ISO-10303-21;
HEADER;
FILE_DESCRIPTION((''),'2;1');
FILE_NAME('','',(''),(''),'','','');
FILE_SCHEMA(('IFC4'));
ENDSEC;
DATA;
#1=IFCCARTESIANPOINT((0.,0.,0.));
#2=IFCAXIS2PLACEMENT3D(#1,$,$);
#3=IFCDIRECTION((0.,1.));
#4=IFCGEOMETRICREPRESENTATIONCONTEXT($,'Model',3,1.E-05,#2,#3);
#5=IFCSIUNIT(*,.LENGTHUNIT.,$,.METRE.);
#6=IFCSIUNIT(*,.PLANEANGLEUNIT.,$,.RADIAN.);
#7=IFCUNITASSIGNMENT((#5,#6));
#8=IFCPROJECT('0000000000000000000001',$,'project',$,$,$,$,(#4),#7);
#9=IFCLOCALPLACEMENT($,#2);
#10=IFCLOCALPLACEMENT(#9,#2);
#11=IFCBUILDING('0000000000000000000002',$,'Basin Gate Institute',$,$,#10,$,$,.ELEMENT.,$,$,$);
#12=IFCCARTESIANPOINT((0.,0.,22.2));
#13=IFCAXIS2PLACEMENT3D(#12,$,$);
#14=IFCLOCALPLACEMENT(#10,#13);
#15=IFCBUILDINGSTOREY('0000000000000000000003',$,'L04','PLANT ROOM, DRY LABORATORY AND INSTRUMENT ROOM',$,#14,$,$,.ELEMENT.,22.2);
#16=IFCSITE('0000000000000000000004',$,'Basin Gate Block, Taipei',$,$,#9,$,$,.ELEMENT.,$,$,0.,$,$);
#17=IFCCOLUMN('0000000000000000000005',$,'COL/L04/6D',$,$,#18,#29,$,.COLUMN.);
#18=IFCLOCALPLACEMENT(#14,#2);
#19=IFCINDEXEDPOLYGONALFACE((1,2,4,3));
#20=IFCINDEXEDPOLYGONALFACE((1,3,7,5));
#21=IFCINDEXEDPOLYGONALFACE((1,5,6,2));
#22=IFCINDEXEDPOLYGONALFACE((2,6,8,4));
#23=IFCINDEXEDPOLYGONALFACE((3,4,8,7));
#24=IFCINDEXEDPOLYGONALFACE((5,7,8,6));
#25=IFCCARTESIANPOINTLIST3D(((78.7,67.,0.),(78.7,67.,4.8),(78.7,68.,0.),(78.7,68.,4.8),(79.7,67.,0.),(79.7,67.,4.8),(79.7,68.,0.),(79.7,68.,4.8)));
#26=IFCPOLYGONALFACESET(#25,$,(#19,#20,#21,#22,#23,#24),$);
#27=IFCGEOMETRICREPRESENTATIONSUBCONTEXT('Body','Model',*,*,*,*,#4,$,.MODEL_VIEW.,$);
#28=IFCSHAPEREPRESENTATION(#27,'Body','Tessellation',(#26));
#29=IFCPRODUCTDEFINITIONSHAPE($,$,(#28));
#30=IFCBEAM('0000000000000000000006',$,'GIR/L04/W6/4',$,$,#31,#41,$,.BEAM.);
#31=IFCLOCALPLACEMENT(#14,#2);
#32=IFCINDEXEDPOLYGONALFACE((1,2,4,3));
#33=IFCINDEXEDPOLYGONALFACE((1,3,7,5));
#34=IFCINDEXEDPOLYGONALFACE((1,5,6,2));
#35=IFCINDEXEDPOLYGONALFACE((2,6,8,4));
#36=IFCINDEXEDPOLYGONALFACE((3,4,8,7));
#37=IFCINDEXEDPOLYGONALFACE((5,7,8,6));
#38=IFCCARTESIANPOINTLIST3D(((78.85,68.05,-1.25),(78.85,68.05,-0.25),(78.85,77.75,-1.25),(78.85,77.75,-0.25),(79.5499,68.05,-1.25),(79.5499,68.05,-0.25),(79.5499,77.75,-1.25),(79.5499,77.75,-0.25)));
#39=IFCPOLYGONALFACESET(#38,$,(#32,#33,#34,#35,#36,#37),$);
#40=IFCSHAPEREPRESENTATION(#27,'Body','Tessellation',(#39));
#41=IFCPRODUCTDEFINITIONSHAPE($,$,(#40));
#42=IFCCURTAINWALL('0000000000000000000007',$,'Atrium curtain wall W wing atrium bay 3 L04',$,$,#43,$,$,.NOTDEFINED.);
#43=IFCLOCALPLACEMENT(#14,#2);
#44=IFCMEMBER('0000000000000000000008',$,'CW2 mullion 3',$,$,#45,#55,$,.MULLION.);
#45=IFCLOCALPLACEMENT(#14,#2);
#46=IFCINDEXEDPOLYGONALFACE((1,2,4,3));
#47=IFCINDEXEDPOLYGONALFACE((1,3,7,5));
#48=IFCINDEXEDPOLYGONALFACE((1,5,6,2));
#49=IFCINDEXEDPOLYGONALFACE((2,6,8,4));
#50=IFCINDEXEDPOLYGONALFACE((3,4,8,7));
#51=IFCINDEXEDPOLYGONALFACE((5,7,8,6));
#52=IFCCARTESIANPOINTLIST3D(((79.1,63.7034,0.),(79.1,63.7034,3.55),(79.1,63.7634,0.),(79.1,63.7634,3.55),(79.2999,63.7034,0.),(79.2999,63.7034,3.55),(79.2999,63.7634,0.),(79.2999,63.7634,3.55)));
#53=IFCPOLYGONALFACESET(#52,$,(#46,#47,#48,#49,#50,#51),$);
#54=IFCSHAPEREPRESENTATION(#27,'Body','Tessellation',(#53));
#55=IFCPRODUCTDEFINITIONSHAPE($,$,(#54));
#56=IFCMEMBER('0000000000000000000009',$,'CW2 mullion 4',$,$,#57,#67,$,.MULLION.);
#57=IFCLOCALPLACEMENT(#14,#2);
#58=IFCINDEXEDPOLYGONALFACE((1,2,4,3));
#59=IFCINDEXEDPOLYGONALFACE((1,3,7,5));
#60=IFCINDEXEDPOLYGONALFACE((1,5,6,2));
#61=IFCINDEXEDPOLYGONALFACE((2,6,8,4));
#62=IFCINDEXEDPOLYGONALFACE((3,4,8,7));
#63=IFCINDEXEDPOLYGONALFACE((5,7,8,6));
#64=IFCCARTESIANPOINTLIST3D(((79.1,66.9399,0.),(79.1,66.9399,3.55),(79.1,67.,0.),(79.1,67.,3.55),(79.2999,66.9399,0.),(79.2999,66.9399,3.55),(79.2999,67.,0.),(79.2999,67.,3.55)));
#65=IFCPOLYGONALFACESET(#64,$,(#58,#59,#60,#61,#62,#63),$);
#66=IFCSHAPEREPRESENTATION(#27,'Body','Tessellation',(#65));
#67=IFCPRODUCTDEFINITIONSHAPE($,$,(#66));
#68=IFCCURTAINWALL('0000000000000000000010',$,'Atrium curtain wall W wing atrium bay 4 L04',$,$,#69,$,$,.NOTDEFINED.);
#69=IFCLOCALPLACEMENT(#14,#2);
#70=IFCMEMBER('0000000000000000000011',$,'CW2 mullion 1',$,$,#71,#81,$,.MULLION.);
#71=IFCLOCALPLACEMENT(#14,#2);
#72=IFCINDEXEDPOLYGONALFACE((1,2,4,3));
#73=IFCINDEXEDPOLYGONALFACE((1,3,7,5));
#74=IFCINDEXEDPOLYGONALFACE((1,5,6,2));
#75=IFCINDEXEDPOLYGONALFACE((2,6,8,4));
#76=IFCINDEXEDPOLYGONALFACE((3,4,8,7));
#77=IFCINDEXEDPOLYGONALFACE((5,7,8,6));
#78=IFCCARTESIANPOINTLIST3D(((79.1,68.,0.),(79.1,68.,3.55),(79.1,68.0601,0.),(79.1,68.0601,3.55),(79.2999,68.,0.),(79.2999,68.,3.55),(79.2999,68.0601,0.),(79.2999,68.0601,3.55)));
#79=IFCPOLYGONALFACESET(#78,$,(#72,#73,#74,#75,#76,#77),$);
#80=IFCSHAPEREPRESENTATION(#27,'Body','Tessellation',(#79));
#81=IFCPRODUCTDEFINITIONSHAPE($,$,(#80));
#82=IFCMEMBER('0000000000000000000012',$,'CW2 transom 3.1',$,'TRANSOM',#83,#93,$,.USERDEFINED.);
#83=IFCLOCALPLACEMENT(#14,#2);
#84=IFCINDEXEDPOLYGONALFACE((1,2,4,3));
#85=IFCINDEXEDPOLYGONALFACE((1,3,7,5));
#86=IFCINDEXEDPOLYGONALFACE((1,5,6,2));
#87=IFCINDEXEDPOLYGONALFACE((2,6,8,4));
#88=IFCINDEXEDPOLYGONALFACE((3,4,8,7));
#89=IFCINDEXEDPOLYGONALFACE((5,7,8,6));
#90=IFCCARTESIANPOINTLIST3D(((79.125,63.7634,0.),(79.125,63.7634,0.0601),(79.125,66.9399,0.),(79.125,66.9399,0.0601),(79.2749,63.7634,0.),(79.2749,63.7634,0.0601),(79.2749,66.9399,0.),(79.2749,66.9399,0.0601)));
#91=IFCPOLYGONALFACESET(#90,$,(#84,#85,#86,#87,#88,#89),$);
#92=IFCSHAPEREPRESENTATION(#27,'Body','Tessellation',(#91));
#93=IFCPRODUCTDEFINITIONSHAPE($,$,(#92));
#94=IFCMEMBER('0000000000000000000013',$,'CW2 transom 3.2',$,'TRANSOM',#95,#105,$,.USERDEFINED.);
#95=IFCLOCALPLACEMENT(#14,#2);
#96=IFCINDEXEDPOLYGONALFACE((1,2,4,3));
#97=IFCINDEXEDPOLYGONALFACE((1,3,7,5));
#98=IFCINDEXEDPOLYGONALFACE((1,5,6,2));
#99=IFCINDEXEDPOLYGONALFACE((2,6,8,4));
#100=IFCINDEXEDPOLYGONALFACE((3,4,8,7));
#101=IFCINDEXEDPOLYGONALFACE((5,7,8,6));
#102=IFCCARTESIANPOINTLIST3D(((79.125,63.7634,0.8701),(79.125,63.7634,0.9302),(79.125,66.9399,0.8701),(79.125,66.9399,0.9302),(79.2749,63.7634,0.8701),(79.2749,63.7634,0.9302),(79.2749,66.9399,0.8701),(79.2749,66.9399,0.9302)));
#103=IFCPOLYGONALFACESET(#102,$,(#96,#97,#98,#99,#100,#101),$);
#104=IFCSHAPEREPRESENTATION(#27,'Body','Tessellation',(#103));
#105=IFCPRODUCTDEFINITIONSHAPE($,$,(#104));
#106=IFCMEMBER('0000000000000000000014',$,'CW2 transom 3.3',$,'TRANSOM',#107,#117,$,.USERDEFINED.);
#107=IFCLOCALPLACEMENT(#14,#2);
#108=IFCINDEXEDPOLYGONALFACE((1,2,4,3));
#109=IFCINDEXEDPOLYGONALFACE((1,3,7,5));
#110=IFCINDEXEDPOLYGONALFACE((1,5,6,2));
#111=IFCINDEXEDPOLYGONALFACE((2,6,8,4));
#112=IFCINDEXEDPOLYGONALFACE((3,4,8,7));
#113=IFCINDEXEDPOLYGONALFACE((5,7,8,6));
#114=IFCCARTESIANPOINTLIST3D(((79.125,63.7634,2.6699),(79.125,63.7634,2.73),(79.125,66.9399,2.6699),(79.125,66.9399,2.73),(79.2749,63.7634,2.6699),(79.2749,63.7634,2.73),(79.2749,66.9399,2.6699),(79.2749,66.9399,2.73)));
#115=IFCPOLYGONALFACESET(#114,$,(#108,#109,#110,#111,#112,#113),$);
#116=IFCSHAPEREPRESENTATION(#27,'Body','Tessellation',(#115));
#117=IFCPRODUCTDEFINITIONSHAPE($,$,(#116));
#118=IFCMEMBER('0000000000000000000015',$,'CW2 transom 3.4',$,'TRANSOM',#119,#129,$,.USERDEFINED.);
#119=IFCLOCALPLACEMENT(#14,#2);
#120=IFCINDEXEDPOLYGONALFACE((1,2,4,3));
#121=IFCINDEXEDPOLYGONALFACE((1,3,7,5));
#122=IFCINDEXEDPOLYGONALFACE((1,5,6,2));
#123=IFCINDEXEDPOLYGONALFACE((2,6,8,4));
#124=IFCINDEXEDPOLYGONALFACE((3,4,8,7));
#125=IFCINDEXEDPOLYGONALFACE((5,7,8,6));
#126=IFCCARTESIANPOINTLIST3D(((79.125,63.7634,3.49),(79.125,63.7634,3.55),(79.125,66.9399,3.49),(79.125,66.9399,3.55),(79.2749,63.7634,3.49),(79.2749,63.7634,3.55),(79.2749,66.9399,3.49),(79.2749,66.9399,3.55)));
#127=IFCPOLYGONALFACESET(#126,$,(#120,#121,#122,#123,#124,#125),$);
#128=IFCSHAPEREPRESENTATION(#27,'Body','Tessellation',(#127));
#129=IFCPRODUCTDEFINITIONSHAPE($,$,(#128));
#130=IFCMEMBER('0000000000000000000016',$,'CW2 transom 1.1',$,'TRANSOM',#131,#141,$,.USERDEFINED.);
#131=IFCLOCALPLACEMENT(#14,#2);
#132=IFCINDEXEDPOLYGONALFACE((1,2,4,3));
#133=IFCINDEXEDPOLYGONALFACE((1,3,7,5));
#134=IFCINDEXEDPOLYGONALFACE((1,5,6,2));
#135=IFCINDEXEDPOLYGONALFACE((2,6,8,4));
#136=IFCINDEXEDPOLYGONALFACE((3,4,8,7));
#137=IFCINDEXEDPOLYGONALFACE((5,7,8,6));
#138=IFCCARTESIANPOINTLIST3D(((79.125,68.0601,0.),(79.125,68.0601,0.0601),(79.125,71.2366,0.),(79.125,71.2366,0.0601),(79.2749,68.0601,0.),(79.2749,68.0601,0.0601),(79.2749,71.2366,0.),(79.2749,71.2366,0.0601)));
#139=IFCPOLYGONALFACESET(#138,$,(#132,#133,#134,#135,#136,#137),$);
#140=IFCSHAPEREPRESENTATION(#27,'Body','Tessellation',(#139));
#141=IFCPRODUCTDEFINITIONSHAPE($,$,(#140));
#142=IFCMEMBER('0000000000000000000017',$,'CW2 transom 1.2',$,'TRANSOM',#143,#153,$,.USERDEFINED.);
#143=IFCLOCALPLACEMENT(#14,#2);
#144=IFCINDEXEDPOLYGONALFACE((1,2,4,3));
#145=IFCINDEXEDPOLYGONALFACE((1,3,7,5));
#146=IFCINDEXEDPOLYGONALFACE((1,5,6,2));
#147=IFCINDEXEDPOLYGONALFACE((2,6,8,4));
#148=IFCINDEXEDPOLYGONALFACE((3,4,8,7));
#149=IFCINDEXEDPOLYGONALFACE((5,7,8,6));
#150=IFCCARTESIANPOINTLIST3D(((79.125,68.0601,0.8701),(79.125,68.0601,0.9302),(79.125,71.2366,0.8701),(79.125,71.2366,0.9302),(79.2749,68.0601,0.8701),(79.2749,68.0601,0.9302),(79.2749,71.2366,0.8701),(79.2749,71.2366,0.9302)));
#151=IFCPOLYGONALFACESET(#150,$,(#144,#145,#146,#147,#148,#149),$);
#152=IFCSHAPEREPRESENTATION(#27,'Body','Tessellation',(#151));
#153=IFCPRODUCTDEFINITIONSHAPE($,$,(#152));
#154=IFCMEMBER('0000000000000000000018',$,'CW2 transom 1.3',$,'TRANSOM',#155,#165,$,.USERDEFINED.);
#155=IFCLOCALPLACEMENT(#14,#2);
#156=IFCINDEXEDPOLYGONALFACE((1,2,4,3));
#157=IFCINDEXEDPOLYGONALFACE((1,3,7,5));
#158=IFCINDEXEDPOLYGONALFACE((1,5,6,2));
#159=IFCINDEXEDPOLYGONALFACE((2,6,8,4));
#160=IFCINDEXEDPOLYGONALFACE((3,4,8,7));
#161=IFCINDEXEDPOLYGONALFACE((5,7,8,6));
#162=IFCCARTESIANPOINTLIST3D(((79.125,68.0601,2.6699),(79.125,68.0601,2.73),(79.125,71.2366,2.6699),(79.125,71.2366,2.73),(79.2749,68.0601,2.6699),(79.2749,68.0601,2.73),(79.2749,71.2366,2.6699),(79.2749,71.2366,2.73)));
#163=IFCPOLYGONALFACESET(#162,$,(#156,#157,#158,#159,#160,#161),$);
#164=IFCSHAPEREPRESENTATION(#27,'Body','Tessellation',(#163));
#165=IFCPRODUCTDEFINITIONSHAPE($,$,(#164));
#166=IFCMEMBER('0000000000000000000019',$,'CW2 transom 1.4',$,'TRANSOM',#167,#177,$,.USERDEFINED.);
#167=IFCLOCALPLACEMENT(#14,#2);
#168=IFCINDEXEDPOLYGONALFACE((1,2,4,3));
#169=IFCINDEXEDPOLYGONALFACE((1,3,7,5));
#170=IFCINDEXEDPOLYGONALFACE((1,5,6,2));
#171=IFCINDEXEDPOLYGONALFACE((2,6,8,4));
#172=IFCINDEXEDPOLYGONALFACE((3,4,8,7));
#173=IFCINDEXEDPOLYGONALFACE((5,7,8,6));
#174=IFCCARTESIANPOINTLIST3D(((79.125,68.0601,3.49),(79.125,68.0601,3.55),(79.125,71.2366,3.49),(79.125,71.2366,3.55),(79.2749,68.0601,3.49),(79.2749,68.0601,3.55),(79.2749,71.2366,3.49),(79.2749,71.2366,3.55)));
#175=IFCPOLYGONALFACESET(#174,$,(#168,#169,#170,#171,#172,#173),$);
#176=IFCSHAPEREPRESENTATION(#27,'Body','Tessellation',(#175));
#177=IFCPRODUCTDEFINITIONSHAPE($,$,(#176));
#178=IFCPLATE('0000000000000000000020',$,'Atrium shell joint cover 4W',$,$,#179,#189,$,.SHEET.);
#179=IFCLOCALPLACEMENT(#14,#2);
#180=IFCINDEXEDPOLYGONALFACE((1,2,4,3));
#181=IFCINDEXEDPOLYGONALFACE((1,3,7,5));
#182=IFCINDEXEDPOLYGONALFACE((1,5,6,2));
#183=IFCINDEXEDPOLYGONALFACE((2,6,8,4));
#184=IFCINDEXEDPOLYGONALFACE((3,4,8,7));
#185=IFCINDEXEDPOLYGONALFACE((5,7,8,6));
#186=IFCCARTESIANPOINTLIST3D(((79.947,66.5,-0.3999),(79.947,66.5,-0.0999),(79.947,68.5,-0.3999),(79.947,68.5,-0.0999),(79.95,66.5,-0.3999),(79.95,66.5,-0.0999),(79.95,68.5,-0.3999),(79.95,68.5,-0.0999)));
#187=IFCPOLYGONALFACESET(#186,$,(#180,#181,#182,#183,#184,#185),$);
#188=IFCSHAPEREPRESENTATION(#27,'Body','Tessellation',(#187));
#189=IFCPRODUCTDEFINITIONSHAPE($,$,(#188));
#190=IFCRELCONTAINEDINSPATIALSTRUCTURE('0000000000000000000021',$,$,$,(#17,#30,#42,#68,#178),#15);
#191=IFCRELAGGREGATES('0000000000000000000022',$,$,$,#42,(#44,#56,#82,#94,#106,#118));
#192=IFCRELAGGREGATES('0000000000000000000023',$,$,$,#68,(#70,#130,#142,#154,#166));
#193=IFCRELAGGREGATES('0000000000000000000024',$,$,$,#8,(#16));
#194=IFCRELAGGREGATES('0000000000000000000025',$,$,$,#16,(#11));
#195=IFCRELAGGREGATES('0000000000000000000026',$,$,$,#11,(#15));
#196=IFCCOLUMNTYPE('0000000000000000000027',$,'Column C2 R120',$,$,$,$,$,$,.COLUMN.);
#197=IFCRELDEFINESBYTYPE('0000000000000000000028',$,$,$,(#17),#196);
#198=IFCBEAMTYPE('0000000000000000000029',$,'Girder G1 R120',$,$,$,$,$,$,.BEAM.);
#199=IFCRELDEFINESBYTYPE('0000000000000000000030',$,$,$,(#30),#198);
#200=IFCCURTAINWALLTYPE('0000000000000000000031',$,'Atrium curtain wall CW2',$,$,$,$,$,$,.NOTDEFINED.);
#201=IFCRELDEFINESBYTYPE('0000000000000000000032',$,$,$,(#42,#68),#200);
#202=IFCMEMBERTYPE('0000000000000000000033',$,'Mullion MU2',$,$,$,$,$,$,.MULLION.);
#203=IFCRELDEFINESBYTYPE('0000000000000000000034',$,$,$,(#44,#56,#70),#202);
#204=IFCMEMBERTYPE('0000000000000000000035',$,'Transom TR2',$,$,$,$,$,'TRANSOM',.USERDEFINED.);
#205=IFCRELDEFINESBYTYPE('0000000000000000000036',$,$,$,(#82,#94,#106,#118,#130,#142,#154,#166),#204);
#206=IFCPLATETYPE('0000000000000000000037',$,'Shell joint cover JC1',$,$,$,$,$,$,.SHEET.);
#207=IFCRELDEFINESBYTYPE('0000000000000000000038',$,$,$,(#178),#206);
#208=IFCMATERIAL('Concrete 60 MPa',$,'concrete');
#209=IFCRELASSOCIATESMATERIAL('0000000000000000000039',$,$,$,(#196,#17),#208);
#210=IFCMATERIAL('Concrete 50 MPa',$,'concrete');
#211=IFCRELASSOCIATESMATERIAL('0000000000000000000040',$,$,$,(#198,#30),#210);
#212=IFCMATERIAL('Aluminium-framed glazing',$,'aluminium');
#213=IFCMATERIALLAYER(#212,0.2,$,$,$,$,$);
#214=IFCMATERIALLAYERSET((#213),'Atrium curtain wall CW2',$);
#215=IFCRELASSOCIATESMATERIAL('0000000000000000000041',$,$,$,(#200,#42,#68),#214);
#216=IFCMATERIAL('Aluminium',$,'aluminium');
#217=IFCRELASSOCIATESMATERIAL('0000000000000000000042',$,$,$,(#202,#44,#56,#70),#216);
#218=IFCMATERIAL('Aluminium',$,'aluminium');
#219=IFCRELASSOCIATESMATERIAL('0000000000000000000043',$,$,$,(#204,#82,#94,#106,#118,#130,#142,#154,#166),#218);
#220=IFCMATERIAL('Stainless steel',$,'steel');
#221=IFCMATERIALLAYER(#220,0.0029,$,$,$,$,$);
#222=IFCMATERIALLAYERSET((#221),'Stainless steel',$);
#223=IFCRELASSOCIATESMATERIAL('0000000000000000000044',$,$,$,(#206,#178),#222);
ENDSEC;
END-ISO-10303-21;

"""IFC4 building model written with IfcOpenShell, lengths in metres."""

from ifc_helpers import new_model, si_unit, direction, frame, origin, origin_2d, place, context, subcontext, project, spatial, rectangle, extrude, material, layer, layer_set, material_profile, profile_set, type_object, element, aggregate, save


model = new_model("IFC4")

# Units and contexts
model_context = context("Model", 3, precision=1e-05, world=origin(), true_north=direction((0.0, 1.0)))
body_context = subcontext(model_context, "Body", "Model", "MODEL_VIEW")
ifc_project = project(units=[si_unit("LENGTHUNIT", "METRE"), si_unit("PLANEANGLEUNIT", "RADIAN")], contexts=[model_context])

# Site, building, storey
site_placement = place(None, origin())
site = spatial("IfcSite", under=ifc_project, at=site_placement, Name="Basin Gate Block, Taipei", CompositionType="ELEMENT", RefElevation=0.0)
building_placement = place(site_placement, origin())
building = spatial("IfcBuilding", under=site, at=building_placement, Name="Basin Gate Institute", CompositionType="ELEMENT")
storey_placement = place(building_placement, frame((0.0, 0.0, 22.2)))
storey = spatial("IfcBuildingStorey", under=building, at=storey_placement, Name="L04", Description="PLANT ROOM, DRY LABORATORY AND INSTRUMENT ROOM", CompositionType="ELEMENT", Elevation=22.2)

# Column
ifc_material_1 = material(Name="Concrete 60 MPa", Category="concrete")
ifc_material_profile_1 = material_profile(ifc_material_1, rectangle(XDim=1.0, YDim=1.0, at=origin_2d()), Name="Column C2 1000 x 1000")
ifc_profile_set_1 = profile_set([ifc_material_profile_1], Name="Concrete 60 MPa")
column_type = type_object("IfcColumnType", Name="Column C2 R120", PredefinedType="COLUMN", material=ifc_profile_set_1)
column_placement = place(storey_placement, frame((79.2, 67.5, 0.0), z_axis=(0.0, 0.0, 1.0), x_axis=(1.0, 0.0, 0.0)))
element("IfcColumn", 1, at=column_placement, inside=storey, type_object=column_type, material=ifc_profile_set_1, Name="COL/L04/6D", PredefinedType="COLUMN", context=body_context, shape_type="SweptSolid", body=[
    extrude(rectangle(XDim=1.0, YDim=1.0, at=origin_2d()), origin(), (0.0, 0.0, 1.0), 4.8),
])

# Beam
ifc_material_2 = material(Name="Concrete 50 MPa", Category="concrete")
ifc_material_profile_2 = material_profile(ifc_material_2, rectangle(XDim=0.7, YDim=1.0, at=origin_2d()), Name="Girder G1 700 x 1000")
ifc_profile_set_2 = profile_set([ifc_material_profile_2], Name="Concrete 50 MPa")
beam_type = type_object("IfcBeamType", Name="Girder G1 R120", PredefinedType="BEAM", material=ifc_profile_set_2)
beam_placement = place(storey_placement, frame((79.2, 68.05, -0.75), z_axis=(0.0, 1.0, 0.0), x_axis=(-1.0, 0.0, 0.0)))
element("IfcBeam", 2, at=beam_placement, inside=storey, type_object=beam_type, material=ifc_profile_set_2, Name="GIR/L04/W6/4", PredefinedType="BEAM", context=body_context, shape_type="SweptSolid", body=[
    extrude(rectangle(XDim=0.7, YDim=1.0, at=origin_2d()), origin(), (0.0, 0.0, 1.0), 9.7),
])

# Curtain wall, members
ifc_material_3 = material(Name="Aluminium-framed glazing", Category="aluminium")
ifc_layer_1 = layer(ifc_material_3, 0.2)
ifc_layer_set_1 = layer_set([ifc_layer_1], Name="Atrium curtain wall CW2")
curtain_wall_type = type_object("IfcCurtainWallType", Name="Atrium curtain wall CW2", PredefinedType="NOTDEFINED", material=ifc_layer_set_1)
curtain_wall_1_placement = place(storey_placement, origin())
curtain_wall_1 = element("IfcCurtainWall", 3, at=curtain_wall_1_placement, inside=storey, type_object=curtain_wall_type, material=ifc_layer_set_1, Name="Atrium curtain wall W wing atrium bay 3 L04", PredefinedType="NOTDEFINED")
ifc_material_4 = material(Name="Aluminium", Category="aluminium")
ifc_material_profile_3 = material_profile(ifc_material_4, rectangle(XDim=0.2, YDim=0.0601, at=origin_2d()), Name="Mullion MU2 200 x 60")
ifc_profile_set_3 = profile_set([ifc_material_profile_3], Name="Aluminium")
member_type_1 = type_object("IfcMemberType", Name="Mullion MU2", PredefinedType="MULLION", material=ifc_profile_set_3)
member_1_placement = place(storey_placement, frame((79.2, 63.7334, 0.0), z_axis=(0.0, 0.0, 1.0), x_axis=(-1.0, 0.0, 0.0)))
member_1 = element("IfcMember", 4, at=member_1_placement, type_object=member_type_1, material=ifc_profile_set_3, Name="CW2 mullion 3", PredefinedType="MULLION", context=body_context, shape_type="SweptSolid", body=[
    extrude(rectangle(XDim=0.2, YDim=0.0601, at=origin_2d()), origin(), (0.0, 0.0, 1.0), 3.55),
])
member_2_placement = place(storey_placement, frame((79.2, 66.97, 0.0), z_axis=(0.0, 0.0, 1.0), x_axis=(-1.0, 0.0, 0.0)))
member_2 = element("IfcMember", 5, at=member_2_placement, type_object=member_type_1, material=ifc_profile_set_3, Name="CW2 mullion 4", PredefinedType="MULLION", context=body_context, shape_type="SweptSolid", body=[
    extrude(rectangle(XDim=0.2, YDim=0.0601, at=origin_2d()), origin(), (0.0, 0.0, 1.0), 3.55),
])

# Curtain wall, member
curtain_wall_2_placement = place(storey_placement, origin())
curtain_wall_2 = element("IfcCurtainWall", 6, at=curtain_wall_2_placement, inside=storey, type_object=curtain_wall_type, material=ifc_layer_set_1, Name="Atrium curtain wall W wing atrium bay 4 L04", PredefinedType="NOTDEFINED")
member_3_placement = place(storey_placement, frame((79.2, 68.03, 0.0), z_axis=(0.0, 0.0, 1.0), x_axis=(-1.0, 0.0, 0.0)))
member_3 = element("IfcMember", 7, at=member_3_placement, type_object=member_type_1, material=ifc_profile_set_3, Name="CW2 mullion 1", PredefinedType="MULLION", context=body_context, shape_type="SweptSolid", body=[
    extrude(rectangle(XDim=0.2, YDim=0.0601, at=origin_2d()), origin(), (0.0, 0.0, 1.0), 3.55),
])

# Members
ifc_material_5 = material(Name="Aluminium", Category="aluminium")
ifc_material_profile_4 = material_profile(ifc_material_5, rectangle(XDim=0.1499, YDim=0.0601, at=origin_2d()), Name="Transom TR2 150 x 60")
ifc_profile_set_4 = profile_set([ifc_material_profile_4], Name="Aluminium")
member_type_2 = type_object("IfcMemberType", Name="Transom TR2", ElementType="TRANSOM", PredefinedType="USERDEFINED", material=ifc_profile_set_4)
member_4_placement = place(storey_placement, frame((79.2, 63.7634, 0.03), z_axis=(0.0, 1.0, 0.0), x_axis=(-1.0, 0.0, 0.0)))
member_4 = element("IfcMember", 8, at=member_4_placement, type_object=member_type_2, material=ifc_profile_set_4, Name="CW2 transom 3.1", ObjectType="TRANSOM", PredefinedType="USERDEFINED", context=body_context, shape_type="SweptSolid", body=[
    extrude(rectangle(XDim=0.1499, YDim=0.0601, at=origin_2d()), origin(), (0.0, 0.0, 1.0), 3.1765),
])
member_5_placement = place(storey_placement, frame((79.2, 63.7634, 0.9001), z_axis=(0.0, 1.0, 0.0), x_axis=(-1.0, 0.0, 0.0)))
member_5 = element("IfcMember", 9, at=member_5_placement, type_object=member_type_2, material=ifc_profile_set_4, Name="CW2 transom 3.2", ObjectType="TRANSOM", PredefinedType="USERDEFINED", context=body_context, shape_type="SweptSolid", body=[
    extrude(rectangle(XDim=0.1499, YDim=0.0601, at=origin_2d()), origin(), (0.0, 0.0, 1.0), 3.1765),
])
member_6_placement = place(storey_placement, frame((79.2, 63.7634, 2.7), z_axis=(0.0, 1.0, 0.0), x_axis=(-1.0, 0.0, 0.0)))
member_6 = element("IfcMember", 10, at=member_6_placement, type_object=member_type_2, material=ifc_profile_set_4, Name="CW2 transom 3.3", ObjectType="TRANSOM", PredefinedType="USERDEFINED", context=body_context, shape_type="SweptSolid", body=[
    extrude(rectangle(XDim=0.1499, YDim=0.0601, at=origin_2d()), origin(), (0.0, 0.0, 1.0), 3.1765),
])
member_7_placement = place(storey_placement, frame((79.2, 63.7634, 3.52), z_axis=(0.0, 1.0, 0.0), x_axis=(-1.0, 0.0, 0.0)))
member_7 = element("IfcMember", 11, at=member_7_placement, type_object=member_type_2, material=ifc_profile_set_4, Name="CW2 transom 3.4", ObjectType="TRANSOM", PredefinedType="USERDEFINED", context=body_context, shape_type="SweptSolid", body=[
    extrude(rectangle(XDim=0.1499, YDim=0.0601, at=origin_2d()), origin(), (0.0, 0.0, 1.0), 3.1765),
])
member_8_placement = place(storey_placement, frame((79.2, 68.0601, 0.03), z_axis=(0.0, 1.0, 0.0), x_axis=(-1.0, 0.0, 0.0)))
member_8 = element("IfcMember", 12, at=member_8_placement, type_object=member_type_2, material=ifc_profile_set_4, Name="CW2 transom 1.1", ObjectType="TRANSOM", PredefinedType="USERDEFINED", context=body_context, shape_type="SweptSolid", body=[
    extrude(rectangle(XDim=0.1499, YDim=0.0601, at=origin_2d()), origin(), (0.0, 0.0, 1.0), 3.1765),
])
member_9_placement = place(storey_placement, frame((79.2, 68.0601, 0.9001), z_axis=(0.0, 1.0, 0.0), x_axis=(-1.0, 0.0, 0.0)))
member_9 = element("IfcMember", 13, at=member_9_placement, type_object=member_type_2, material=ifc_profile_set_4, Name="CW2 transom 1.2", ObjectType="TRANSOM", PredefinedType="USERDEFINED", context=body_context, shape_type="SweptSolid", body=[
    extrude(rectangle(XDim=0.1499, YDim=0.0601, at=origin_2d()), origin(), (0.0, 0.0, 1.0), 3.1765),
])
member_10_placement = place(storey_placement, frame((79.2, 68.0601, 2.7), z_axis=(0.0, 1.0, 0.0), x_axis=(-1.0, 0.0, 0.0)))
member_10 = element("IfcMember", 14, at=member_10_placement, type_object=member_type_2, material=ifc_profile_set_4, Name="CW2 transom 1.3", ObjectType="TRANSOM", PredefinedType="USERDEFINED", context=body_context, shape_type="SweptSolid", body=[
    extrude(rectangle(XDim=0.1499, YDim=0.0601, at=origin_2d()), origin(), (0.0, 0.0, 1.0), 3.1765),
])
member_11_placement = place(storey_placement, frame((79.2, 68.0601, 3.52), z_axis=(0.0, 1.0, 0.0), x_axis=(-1.0, 0.0, 0.0)))
member_11 = element("IfcMember", 15, at=member_11_placement, type_object=member_type_2, material=ifc_profile_set_4, Name="CW2 transom 1.4", ObjectType="TRANSOM", PredefinedType="USERDEFINED", context=body_context, shape_type="SweptSolid", body=[
    extrude(rectangle(XDim=0.1499, YDim=0.0601, at=origin_2d()), origin(), (0.0, 0.0, 1.0), 3.1765),
])

# Plate
ifc_material_6 = material(Name="Stainless steel", Category="steel")
ifc_layer_2 = layer(ifc_material_6, 0.0029)
ifc_layer_set_2 = layer_set([ifc_layer_2], Name="Stainless steel")
plate_type_1 = type_object("IfcPlateType", Name="Shell joint cover JC1", PredefinedType="SHEET", material=ifc_layer_set_2)
plate_1_placement = place(storey_placement, frame((79.9485, 67.5, -0.3999), z_axis=(0.0, 0.0, 1.0), x_axis=(1.0, 0.0, 0.0)))
element("IfcPlate", 16, at=plate_1_placement, inside=storey, type_object=plate_type_1, material=ifc_layer_set_2, Name="Atrium shell joint cover 4W", PredefinedType="SHEET", context=body_context, shape_type="SweptSolid", body=[
    extrude(rectangle(XDim=0.0029, YDim=2.0, at=origin_2d()), origin(), (0.0, 0.0, 1.0), 0.3),
])
aggregate(curtain_wall_1, [member_1, member_2, member_4, member_5, member_6, member_7])
aggregate(curtain_wall_2, [member_3, member_8, member_9, member_10, member_11])

save(model, "model.ifc")
